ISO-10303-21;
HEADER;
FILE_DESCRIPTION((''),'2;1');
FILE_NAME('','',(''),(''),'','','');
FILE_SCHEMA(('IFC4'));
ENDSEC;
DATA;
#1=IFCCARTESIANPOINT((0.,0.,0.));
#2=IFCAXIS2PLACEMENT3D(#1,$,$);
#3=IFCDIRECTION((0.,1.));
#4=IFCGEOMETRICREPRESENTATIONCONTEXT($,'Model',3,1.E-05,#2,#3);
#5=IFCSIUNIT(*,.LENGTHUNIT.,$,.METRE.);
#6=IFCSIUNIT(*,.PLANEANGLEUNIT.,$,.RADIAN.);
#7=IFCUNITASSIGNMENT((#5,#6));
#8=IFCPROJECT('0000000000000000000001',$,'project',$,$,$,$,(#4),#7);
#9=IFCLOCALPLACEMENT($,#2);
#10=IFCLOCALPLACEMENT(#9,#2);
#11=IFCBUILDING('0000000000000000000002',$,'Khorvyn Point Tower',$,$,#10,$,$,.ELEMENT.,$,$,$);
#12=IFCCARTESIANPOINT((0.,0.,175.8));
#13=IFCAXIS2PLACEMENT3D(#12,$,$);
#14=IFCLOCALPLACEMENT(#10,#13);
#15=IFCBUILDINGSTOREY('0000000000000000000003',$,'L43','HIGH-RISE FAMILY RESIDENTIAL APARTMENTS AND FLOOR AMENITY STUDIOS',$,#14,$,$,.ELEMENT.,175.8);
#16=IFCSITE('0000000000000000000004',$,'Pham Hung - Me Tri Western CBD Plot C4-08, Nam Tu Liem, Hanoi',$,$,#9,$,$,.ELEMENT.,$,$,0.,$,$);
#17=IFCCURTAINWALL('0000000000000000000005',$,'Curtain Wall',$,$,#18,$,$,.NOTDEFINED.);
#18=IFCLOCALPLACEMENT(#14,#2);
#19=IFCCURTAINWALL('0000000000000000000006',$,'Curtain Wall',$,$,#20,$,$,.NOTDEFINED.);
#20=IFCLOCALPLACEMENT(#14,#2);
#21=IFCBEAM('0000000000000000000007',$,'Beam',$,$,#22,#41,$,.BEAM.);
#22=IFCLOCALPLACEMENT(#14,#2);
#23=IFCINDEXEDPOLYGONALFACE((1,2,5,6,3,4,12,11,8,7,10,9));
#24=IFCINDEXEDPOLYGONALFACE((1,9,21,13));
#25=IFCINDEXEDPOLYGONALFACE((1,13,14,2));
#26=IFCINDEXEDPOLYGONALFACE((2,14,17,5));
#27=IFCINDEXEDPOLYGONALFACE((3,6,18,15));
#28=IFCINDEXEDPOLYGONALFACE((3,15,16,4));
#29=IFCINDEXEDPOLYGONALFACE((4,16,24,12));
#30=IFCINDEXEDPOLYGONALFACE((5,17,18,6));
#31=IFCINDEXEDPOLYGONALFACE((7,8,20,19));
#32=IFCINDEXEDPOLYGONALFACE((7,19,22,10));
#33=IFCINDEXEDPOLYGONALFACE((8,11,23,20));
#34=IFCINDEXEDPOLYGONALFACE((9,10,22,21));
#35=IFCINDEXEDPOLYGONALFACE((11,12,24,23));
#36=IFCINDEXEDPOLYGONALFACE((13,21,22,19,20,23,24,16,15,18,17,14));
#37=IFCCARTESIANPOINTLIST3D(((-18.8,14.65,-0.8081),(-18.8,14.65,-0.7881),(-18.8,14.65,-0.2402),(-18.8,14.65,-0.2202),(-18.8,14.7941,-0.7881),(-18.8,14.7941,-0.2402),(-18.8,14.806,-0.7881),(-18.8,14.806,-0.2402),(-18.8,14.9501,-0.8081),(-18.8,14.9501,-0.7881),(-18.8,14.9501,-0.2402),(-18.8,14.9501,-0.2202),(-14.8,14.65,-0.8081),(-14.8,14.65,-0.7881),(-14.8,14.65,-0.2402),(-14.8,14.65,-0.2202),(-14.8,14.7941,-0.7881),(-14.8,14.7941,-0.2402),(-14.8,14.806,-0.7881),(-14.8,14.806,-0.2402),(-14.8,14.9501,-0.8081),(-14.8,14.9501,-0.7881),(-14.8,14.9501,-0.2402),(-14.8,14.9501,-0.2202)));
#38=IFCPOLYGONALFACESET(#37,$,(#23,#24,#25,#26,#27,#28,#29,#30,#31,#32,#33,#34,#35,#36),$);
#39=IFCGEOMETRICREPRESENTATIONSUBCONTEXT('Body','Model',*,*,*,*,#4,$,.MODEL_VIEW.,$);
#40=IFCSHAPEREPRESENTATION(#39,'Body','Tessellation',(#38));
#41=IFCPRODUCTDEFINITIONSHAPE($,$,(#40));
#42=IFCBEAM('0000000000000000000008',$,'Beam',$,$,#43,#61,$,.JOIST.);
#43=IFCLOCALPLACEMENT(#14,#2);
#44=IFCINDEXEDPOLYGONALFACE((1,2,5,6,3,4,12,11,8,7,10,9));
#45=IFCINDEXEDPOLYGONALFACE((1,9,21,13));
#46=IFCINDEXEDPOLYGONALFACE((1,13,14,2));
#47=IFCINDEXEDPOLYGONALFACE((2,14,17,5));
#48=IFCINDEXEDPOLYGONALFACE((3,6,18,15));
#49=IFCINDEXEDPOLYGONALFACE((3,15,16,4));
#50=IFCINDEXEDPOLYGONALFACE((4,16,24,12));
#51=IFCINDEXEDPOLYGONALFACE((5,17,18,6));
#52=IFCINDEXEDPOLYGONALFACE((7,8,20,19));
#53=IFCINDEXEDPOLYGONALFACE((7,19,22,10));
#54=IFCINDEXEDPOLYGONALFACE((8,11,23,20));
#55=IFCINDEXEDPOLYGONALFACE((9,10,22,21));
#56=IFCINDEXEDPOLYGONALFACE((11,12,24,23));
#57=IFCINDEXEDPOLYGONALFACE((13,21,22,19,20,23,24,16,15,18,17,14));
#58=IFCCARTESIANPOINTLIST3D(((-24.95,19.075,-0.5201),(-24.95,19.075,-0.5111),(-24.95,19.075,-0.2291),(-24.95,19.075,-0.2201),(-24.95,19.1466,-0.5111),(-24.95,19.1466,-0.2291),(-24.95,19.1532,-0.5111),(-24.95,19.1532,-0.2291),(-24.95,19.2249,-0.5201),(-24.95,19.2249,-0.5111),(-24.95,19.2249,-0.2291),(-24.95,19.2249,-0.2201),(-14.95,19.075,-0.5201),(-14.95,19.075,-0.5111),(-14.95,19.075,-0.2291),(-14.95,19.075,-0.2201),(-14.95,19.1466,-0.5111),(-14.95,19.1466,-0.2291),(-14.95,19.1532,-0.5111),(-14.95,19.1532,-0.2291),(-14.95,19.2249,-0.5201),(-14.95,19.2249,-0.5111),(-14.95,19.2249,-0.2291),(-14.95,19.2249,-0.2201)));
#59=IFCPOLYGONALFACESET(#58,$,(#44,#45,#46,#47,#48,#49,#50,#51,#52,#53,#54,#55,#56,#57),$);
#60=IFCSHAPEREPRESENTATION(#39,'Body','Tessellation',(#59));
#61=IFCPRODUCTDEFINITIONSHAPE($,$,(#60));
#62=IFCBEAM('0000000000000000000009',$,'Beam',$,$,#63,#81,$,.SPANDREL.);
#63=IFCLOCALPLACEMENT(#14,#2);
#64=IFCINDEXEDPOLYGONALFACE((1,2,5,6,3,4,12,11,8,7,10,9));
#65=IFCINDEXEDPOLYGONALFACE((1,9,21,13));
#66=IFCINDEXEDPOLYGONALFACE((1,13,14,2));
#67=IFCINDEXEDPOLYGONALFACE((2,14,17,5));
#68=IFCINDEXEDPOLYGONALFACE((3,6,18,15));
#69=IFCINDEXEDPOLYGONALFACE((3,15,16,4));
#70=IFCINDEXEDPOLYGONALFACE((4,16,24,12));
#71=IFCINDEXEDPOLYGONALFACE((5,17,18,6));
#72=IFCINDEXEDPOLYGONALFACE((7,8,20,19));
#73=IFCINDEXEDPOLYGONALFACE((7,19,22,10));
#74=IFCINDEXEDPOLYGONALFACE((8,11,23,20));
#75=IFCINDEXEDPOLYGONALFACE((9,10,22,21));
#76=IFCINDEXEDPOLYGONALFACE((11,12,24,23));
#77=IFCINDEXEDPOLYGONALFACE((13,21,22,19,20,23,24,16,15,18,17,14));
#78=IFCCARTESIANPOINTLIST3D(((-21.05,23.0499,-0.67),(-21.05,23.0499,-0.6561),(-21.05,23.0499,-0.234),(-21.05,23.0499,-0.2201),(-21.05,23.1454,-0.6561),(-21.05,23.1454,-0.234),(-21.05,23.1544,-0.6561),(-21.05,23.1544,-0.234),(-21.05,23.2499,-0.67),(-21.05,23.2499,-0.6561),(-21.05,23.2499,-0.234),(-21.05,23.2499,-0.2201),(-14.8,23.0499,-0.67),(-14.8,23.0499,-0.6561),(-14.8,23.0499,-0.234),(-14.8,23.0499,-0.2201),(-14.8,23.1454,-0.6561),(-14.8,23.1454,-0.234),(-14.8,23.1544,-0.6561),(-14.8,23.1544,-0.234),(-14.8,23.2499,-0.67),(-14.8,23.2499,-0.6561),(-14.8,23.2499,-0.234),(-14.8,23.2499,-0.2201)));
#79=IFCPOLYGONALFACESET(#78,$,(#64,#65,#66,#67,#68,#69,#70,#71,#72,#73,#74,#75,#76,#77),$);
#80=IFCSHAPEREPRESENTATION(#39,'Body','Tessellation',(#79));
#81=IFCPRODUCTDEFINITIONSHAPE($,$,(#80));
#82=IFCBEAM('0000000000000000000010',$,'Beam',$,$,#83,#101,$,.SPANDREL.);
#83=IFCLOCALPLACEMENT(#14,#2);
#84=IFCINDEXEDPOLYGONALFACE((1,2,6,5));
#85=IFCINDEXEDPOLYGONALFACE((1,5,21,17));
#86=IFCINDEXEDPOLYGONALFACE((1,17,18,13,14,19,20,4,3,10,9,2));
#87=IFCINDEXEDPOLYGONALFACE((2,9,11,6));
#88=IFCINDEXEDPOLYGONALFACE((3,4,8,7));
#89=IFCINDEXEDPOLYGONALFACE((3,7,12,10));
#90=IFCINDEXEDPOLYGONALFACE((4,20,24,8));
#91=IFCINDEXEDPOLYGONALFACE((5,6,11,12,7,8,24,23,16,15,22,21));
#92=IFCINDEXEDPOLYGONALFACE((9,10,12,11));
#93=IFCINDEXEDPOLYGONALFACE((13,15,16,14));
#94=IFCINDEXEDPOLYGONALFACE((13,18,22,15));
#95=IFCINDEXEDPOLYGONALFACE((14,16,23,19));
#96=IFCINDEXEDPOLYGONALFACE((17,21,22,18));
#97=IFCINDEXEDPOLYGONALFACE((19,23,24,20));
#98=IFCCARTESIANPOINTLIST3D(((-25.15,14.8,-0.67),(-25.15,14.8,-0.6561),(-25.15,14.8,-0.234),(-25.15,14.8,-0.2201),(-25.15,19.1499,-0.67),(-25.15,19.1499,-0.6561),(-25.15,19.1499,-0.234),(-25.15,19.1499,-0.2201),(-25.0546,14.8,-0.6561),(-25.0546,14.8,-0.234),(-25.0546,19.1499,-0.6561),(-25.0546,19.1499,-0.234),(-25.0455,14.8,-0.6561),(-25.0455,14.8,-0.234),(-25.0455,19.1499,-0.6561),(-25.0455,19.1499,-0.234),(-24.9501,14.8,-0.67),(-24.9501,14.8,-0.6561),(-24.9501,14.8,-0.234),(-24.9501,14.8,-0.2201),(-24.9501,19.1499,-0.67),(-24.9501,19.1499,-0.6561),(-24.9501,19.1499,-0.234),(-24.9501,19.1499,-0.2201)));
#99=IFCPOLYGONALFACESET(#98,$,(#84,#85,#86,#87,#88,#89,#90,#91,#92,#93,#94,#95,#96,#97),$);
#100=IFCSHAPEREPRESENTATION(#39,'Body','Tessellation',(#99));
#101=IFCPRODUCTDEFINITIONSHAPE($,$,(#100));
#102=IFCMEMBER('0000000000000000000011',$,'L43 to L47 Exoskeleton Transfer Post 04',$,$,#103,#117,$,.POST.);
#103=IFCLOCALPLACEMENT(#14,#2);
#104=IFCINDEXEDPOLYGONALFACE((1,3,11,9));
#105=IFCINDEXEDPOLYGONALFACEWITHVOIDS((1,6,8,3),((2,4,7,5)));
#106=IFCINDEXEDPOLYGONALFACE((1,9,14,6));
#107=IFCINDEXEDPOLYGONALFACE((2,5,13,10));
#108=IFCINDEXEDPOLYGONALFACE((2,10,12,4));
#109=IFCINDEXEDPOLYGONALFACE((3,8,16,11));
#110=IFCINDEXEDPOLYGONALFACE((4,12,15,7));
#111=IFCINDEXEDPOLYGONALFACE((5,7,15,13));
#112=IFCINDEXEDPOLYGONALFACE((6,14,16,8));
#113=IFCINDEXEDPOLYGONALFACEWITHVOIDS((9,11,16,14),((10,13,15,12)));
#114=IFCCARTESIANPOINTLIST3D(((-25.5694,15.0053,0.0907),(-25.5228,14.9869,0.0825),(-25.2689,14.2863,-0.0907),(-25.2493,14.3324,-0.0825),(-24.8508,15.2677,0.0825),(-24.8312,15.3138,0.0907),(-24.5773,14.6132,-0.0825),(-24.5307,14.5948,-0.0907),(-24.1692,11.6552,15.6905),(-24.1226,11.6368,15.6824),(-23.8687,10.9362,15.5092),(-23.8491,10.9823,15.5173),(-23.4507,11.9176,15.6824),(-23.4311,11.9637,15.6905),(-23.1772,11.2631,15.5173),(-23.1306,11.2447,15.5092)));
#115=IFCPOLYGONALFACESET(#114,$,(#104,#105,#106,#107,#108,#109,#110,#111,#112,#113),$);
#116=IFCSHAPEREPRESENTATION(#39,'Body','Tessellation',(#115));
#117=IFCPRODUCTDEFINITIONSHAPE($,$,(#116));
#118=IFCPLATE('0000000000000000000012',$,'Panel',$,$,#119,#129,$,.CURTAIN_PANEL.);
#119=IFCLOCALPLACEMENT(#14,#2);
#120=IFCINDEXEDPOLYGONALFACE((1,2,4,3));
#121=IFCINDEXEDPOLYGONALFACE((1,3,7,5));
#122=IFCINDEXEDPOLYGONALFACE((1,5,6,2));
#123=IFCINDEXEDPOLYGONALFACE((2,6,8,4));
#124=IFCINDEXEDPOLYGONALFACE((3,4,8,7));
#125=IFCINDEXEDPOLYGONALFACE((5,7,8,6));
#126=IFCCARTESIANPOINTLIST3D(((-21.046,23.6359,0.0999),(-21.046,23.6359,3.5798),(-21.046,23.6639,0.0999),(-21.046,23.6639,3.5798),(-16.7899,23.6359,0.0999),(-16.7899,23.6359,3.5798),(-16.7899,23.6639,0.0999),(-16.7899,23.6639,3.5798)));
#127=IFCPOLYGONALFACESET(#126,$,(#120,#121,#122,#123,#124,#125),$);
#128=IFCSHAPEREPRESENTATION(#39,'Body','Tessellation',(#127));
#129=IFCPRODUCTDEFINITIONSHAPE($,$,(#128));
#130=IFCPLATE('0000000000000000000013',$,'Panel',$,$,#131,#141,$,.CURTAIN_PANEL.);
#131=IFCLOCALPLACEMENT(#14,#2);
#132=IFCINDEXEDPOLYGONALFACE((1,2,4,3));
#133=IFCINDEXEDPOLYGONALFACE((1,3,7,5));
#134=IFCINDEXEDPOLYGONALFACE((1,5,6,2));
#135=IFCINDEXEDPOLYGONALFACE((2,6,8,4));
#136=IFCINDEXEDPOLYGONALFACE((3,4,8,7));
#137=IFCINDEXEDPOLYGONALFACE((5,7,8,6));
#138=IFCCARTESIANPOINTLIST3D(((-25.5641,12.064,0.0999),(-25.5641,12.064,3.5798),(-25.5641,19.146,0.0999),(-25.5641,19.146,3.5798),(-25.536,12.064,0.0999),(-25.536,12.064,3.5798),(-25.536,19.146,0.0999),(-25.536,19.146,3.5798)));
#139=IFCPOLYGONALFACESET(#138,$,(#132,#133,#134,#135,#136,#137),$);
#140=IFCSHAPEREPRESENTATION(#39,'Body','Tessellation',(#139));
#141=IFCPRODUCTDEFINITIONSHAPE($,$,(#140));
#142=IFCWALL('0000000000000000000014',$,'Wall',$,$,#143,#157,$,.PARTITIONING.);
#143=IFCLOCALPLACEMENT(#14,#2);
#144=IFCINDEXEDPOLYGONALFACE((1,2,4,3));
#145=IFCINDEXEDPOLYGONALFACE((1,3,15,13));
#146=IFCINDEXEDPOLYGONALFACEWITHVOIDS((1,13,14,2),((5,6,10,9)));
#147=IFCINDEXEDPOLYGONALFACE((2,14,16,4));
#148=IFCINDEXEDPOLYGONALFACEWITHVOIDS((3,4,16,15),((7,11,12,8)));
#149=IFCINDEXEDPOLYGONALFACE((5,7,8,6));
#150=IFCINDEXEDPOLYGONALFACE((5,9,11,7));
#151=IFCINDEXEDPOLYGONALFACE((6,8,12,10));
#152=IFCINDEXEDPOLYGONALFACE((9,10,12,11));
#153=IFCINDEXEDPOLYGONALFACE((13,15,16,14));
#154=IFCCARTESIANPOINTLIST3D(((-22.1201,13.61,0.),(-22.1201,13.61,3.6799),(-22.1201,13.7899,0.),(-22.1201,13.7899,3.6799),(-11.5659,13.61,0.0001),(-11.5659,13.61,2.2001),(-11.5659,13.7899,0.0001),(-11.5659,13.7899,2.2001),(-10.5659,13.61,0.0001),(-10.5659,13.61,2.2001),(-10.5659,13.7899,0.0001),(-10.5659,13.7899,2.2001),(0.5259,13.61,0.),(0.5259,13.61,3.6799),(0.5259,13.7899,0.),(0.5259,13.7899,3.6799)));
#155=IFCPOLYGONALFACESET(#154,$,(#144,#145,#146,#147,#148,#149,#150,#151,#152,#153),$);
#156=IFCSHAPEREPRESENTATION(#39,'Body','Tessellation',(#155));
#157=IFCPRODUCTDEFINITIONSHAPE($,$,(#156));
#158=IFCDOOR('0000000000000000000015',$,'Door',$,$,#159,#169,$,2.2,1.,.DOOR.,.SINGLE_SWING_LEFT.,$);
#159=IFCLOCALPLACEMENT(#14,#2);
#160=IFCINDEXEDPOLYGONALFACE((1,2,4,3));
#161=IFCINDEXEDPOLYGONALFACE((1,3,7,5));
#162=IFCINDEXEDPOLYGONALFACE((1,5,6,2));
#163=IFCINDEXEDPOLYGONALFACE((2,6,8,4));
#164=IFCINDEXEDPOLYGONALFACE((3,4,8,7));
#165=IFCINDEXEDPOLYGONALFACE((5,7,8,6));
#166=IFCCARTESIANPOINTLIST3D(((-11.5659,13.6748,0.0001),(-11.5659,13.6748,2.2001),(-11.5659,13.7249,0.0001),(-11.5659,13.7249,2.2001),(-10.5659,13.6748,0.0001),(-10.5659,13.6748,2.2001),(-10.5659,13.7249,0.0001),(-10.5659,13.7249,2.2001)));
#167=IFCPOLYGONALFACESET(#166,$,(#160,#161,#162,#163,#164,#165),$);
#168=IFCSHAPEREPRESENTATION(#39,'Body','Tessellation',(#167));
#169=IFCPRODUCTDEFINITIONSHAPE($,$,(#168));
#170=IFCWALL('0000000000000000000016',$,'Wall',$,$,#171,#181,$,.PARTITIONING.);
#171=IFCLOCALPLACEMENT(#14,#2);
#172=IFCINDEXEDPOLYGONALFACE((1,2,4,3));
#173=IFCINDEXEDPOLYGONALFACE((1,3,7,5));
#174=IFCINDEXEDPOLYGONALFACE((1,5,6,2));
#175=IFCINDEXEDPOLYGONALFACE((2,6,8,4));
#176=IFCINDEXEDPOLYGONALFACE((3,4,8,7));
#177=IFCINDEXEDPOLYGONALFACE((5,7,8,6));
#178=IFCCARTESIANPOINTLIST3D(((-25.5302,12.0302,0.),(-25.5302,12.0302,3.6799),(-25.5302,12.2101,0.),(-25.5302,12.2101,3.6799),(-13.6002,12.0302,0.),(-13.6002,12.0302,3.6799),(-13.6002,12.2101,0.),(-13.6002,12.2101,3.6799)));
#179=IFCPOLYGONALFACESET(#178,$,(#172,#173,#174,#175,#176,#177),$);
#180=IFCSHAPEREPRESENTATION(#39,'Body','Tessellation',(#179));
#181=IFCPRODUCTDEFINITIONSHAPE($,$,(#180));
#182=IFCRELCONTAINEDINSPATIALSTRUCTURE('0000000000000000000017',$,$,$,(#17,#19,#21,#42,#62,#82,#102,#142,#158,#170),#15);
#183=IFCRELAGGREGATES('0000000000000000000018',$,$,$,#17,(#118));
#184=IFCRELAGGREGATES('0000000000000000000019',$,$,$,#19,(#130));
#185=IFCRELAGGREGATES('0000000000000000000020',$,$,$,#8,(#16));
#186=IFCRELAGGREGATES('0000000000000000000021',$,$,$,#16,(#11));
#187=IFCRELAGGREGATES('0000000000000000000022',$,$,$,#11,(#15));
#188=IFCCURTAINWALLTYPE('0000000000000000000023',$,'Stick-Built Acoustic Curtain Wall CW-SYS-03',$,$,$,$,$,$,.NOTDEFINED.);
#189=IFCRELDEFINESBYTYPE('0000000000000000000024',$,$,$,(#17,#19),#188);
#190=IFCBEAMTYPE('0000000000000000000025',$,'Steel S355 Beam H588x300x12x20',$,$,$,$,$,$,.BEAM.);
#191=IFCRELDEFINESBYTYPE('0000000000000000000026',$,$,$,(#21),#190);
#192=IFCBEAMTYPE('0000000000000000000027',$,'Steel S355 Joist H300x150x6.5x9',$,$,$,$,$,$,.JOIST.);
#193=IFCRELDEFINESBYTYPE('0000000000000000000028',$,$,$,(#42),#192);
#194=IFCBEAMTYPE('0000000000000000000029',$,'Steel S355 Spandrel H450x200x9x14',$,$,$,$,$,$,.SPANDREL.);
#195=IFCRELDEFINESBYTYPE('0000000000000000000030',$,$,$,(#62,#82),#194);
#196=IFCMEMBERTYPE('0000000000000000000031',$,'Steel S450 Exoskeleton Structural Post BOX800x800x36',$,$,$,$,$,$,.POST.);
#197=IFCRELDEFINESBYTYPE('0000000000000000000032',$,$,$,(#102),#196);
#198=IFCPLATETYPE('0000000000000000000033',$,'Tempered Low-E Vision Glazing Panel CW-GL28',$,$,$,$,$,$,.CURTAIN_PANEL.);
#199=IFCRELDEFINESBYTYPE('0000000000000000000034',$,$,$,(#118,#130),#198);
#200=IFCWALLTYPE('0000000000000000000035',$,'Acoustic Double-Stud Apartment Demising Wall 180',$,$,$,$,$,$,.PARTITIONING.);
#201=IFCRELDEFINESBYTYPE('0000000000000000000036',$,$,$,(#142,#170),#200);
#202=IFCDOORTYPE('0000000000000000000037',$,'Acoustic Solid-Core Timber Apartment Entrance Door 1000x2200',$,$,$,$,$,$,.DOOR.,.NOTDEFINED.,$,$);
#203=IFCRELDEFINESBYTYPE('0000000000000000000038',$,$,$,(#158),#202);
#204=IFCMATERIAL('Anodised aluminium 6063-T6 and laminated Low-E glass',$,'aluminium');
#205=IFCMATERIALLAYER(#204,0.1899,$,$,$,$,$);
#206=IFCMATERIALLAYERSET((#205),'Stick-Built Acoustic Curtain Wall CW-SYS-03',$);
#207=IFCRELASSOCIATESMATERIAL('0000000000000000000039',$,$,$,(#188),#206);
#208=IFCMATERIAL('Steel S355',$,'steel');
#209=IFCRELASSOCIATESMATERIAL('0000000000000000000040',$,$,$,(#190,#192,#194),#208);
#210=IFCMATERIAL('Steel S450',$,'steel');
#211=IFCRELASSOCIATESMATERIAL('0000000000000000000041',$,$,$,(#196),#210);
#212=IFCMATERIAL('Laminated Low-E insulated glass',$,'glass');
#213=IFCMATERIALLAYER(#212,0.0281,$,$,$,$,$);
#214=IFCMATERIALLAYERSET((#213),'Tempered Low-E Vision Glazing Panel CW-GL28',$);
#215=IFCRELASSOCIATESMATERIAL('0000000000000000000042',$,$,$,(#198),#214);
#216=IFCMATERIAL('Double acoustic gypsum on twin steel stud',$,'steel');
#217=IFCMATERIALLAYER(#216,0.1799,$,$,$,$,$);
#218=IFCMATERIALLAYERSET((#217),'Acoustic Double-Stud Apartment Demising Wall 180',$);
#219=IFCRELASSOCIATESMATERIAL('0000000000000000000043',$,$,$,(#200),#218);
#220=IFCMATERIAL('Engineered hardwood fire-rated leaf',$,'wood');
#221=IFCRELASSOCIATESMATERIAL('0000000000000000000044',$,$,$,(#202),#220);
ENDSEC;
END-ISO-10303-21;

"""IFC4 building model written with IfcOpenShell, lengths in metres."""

from ifc_helpers import new_model, si_unit, direction, frame, frame_2d, origin, origin_2d, place, context, subcontext, project, spatial, rectangle, hollow_rectangle, i_section, extrude, material, layer, layer_set, material_profile, profile_set, type_object, element, fill, aggregate, save


model = new_model("IFC4")

# Units and contexts
model_context = context("Model", 3, precision=1e-05, world=origin(), true_north=direction((0.0, 1.0)))
body_context = subcontext(model_context, "Body", "Model", "MODEL_VIEW")
ifc_project = project(units=[si_unit("LENGTHUNIT", "METRE"), si_unit("PLANEANGLEUNIT", "RADIAN")], contexts=[model_context])

# Site, building, storey
site_placement = place(None, origin())
site = spatial("IfcSite", under=ifc_project, at=site_placement, Name="Pham Hung - Me Tri Western CBD Plot C4-08, Nam Tu Liem, Hanoi", CompositionType="ELEMENT", RefElevation=0.0)
building_placement = place(site_placement, origin())
building = spatial("IfcBuilding", under=site, at=building_placement, Name="Khorvyn Point Tower", CompositionType="ELEMENT")
storey_placement = place(building_placement, frame((0.0, 0.0, 175.8)))
storey = spatial("IfcBuildingStorey", under=building, at=storey_placement, Name="L43", Description="HIGH-RISE FAMILY RESIDENTIAL APARTMENTS AND FLOOR AMENITY STUDIOS", CompositionType="ELEMENT", Elevation=175.8)

# Shared definitions
ifc_material_1 = material(Name="Steel S450", Category="steel")

# Curtain walls
ifc_material_2 = material(Name="Anodised aluminium 6063-T6 and laminated Low-E glass", Category="aluminium")
ifc_layer_1 = layer(ifc_material_2, 0.1899)
ifc_layer_set_1 = layer_set([ifc_layer_1], Name="Stick-Built Acoustic Curtain Wall CW-SYS-03")
curtain_wall_type = type_object("IfcCurtainWallType", Name="Stick-Built Acoustic Curtain Wall CW-SYS-03", PredefinedType="NOTDEFINED", material=ifc_layer_set_1)
curtain_wall_1_placement = place(storey_placement, origin())
curtain_wall_1 = element("IfcCurtainWall", 1, at=curtain_wall_1_placement, inside=storey, type_object=curtain_wall_type, Name="Curtain Wall", PredefinedType="NOTDEFINED")
curtain_wall_2_placement = place(storey_placement, origin())
curtain_wall_2 = element("IfcCurtainWall", 2, at=curtain_wall_2_placement, inside=storey, type_object=curtain_wall_type, Name="Curtain Wall", PredefinedType="NOTDEFINED")

# Beams
ifc_material_3 = material(Name="Steel S355", Category="steel")
ifc_material_profile_1 = material_profile(ifc_material_3, i_section(OverallWidth=0.3, OverallDepth=0.5879, WebThickness=0.012, FlangeThickness=0.02, at=origin_2d()))
ifc_profile_set_1 = profile_set([ifc_material_profile_1], Name="Steel S355 H588x300x12x20")
beam_type_1 = type_object("IfcBeamType", Name="Steel S355 Beam H588x300x12x20", PredefinedType="BEAM", material=ifc_profile_set_1)
beam_1_placement = place(storey_placement, frame((-18.8, 14.8, -0.5142), z_axis=(1.0, 0.0, 0.0), x_axis=(0.0, 1.0, 0.0)))
element("IfcBeam", 3, at=beam_1_placement, inside=storey, type_object=beam_type_1, Name="Beam", PredefinedType="BEAM", context=body_context, shape_type="SweptSolid", body=[
    extrude(i_section(OverallWidth=0.3, OverallDepth=0.5879, WebThickness=0.012, FlangeThickness=0.02, at=origin_2d()), origin(), (0.0, 0.0, 1.0), 4.0),
])
ifc_material_profile_2 = material_profile(ifc_material_3, i_section(OverallWidth=0.1499, OverallDepth=0.3, WebThickness=0.0066, FlangeThickness=0.009, at=origin_2d()))
ifc_profile_set_2 = profile_set([ifc_material_profile_2], Name="Steel S355 H300x150x6.5x9")
beam_type_2 = type_object("IfcBeamType", Name="Steel S355 Joist H300x150x6.5x9", PredefinedType="JOIST", material=ifc_profile_set_2)
beam_2_placement = place(storey_placement, frame((-24.95, 19.1499, -0.3701), z_axis=(1.0, 0.0, 0.0), x_axis=(0.0, 1.0, 0.0)))
element("IfcBeam", 4, at=beam_2_placement, inside=storey, type_object=beam_type_2, Name="Beam", PredefinedType="JOIST", context=body_context, shape_type="SweptSolid", body=[
    extrude(i_section(OverallWidth=0.1499, OverallDepth=0.3, WebThickness=0.0066, FlangeThickness=0.009, at=origin_2d()), origin(), (0.0, 0.0, 1.0), 10.0),
])
ifc_material_profile_3 = material_profile(ifc_material_3, i_section(OverallWidth=0.2, OverallDepth=0.45, WebThickness=0.009, FlangeThickness=0.0139, at=origin_2d()))
ifc_profile_set_3 = profile_set([ifc_material_profile_3], Name="Steel S355 H450x200x9x14")
beam_type_3 = type_object("IfcBeamType", Name="Steel S355 Spandrel H450x200x9x14", PredefinedType="SPANDREL", material=ifc_profile_set_3)
beam_3_placement = place(storey_placement, frame((-21.05, 23.1499, -0.4451), z_axis=(1.0, 0.0, 0.0), x_axis=(0.0, 1.0, 0.0)))
element("IfcBeam", 5, at=beam_3_placement, inside=storey, type_object=beam_type_3, Name="Beam", PredefinedType="SPANDREL", context=body_context, shape_type="SweptSolid", body=[
    extrude(i_section(OverallWidth=0.2, OverallDepth=0.45, WebThickness=0.009, FlangeThickness=0.0139, at=origin_2d()), origin(), (0.0, 0.0, 1.0), 6.25),
])
beam_4_placement = place(storey_placement, frame((-25.05, 14.8, -0.4451), z_axis=(0.0, 1.0, 0.0), x_axis=(-1.0, 0.0, 0.0)))
element("IfcBeam", 6, at=beam_4_placement, inside=storey, type_object=beam_type_3, Name="Beam", PredefinedType="SPANDREL", context=body_context, shape_type="SweptSolid", body=[
    extrude(i_section(OverallWidth=0.2, OverallDepth=0.45, WebThickness=0.009, FlangeThickness=0.0139, at=origin_2d()), origin(), (0.0, 0.0, 1.0), 4.3499),
])

# Member
ifc_material_profile_4 = material_profile(ifc_material_1, hollow_rectangle(XDim=0.8, YDim=0.8, WallThickness=0.0359, at=origin_2d()))
ifc_profile_set_4 = profile_set([ifc_material_profile_4], Name="Steel S450 BOX800x800x36")
member_type_1 = type_object("IfcMemberType", Name="Steel S450 Exoskeleton Structural Post BOX800x800x36", PredefinedType="POST", material=ifc_profile_set_4)
member_1_placement = place(storey_placement, frame((-25.05, 14.8, 0.0), z_axis=(0.087417, -0.209161, 0.973966), x_axis=(0.922659, 0.385618, 0.0)))
element("IfcMember", 7, at=member_1_placement, inside=storey, type_object=member_type_1, Name="L43 to L47 Exoskeleton Transfer Post 04", PredefinedType="POST", context=body_context, shape_type="SweptSolid", body=[
    extrude(hollow_rectangle(XDim=0.8, YDim=0.8, WallThickness=0.0359, at=origin_2d()), origin(), (0.0, 0.0, 1.0), 16.0168),
])

# Plates
ifc_material_4 = material(Name="Laminated Low-E insulated glass", Category="glass")
ifc_layer_2 = layer(ifc_material_4, 0.0281)
ifc_layer_set_2 = layer_set([ifc_layer_2], Name="Tempered Low-E Vision Glazing Panel CW-GL28")
plate_type = type_object("IfcPlateType", Name="Tempered Low-E Vision Glazing Panel CW-GL28", PredefinedType="CURTAIN_PANEL", material=ifc_layer_set_2)
plate_1_placement = place(storey_placement, frame((-18.918, 23.6499, 0.0999), z_axis=(0.0, 0.0, 1.0), x_axis=(1.0, 0.0, 0.0)))
plate_1 = element("IfcPlate", 8, at=plate_1_placement, type_object=plate_type, Name="Panel", PredefinedType="CURTAIN_PANEL", context=body_context, shape_type="SweptSolid", body=[
    extrude(rectangle(XDim=4.2561, YDim=0.0281, at=origin_2d()), origin(), (0.0, 0.0, 1.0), 3.48),
])
aggregate(curtain_wall_1, [plate_1])
plate_2_placement = place(storey_placement, frame((-25.55, 15.605, 0.0999), z_axis=(0.0, 0.0, 1.0), x_axis=(0.0, 1.0, 0.0)))
plate_2 = element("IfcPlate", 9, at=plate_2_placement, type_object=plate_type, Name="Panel", PredefinedType="CURTAIN_PANEL", context=body_context, shape_type="SweptSolid", body=[
    extrude(rectangle(XDim=7.082, YDim=0.0281, at=origin_2d()), origin(), (0.0, 0.0, 1.0), 3.48),
])
aggregate(curtain_wall_2, [plate_2])

# Wall, opening, door
ifc_material_5 = material(Name="Double acoustic gypsum on twin steel stud", Category="steel")
ifc_layer_3 = layer(ifc_material_5, 0.1799)
ifc_layer_set_3 = layer_set([ifc_layer_3], Name="Acoustic Double-Stud Apartment Demising Wall 180")
wall_type_1 = type_object("IfcWallType", Name="Acoustic Double-Stud Apartment Demising Wall 180", PredefinedType="PARTITIONING", material=ifc_layer_set_3)
wall_1_placement = place(storey_placement, frame((-22.1201, 13.7, 0.0), z_axis=(0.0, 0.0, 1.0), x_axis=(1.0, 0.0, 0.0)))
wall_1 = element("IfcWall", 10, at=wall_1_placement, inside=storey, type_object=wall_type_1, Name="Wall", PredefinedType="PARTITIONING", context=body_context, shape_type="SweptSolid", body=[
    extrude(rectangle(XDim=22.646, YDim=0.1799, at=frame_2d((11.323, 0.0))), origin(), (0.0, 0.0, 1.0), 3.6799),
])
opening_1_placement = place(wall_1_placement, frame((10.5542, 0.0, 0.0)))
opening_1 = element("IfcOpeningElement", 11, at=opening_1_placement, cuts=wall_1, PredefinedType="OPENING", context=body_context, shape_type="SweptSolid", body=[
    extrude(rectangle(XDim=1.0, YDim=2.2, at=frame_2d((0.5, 1.1001))), frame((0.0, 0.0999, 0.0), z_axis=(0.0, -1.0, 0.0), x_axis=(1.0, 0.0, 0.0)), (0.0, 0.0, 1.0), 0.2),
])
ifc_material_6 = material(Name="Engineered hardwood fire-rated leaf", Category="wood")
door_type_1 = type_object("IfcDoorType", Name="Acoustic Solid-Core Timber Apartment Entrance Door 1000x2200", OperationType="NOTDEFINED", PredefinedType="DOOR", material=ifc_material_6)
door_1_placement = place(opening_1_placement, origin())
door_1 = element("IfcDoor", 12, at=door_1_placement, inside=storey, type_object=door_type_1, Name="Door", OperationType="SINGLE_SWING_LEFT", OverallHeight=2.2, OverallWidth=1.0, PredefinedType="DOOR", context=body_context, shape_type="SweptSolid", body=[
    extrude(rectangle(XDim=1.0, YDim=2.2, at=frame_2d((0.5, 1.1001))), frame((0.0, 0.0249, 0.0), z_axis=(0.0, -1.0, 0.0), x_axis=(1.0, 0.0, 0.0)), (0.0, 0.0, 1.0), 0.05),
])
fill(opening_1, door_1)

# Wall
wall_2_placement = place(storey_placement, frame((-25.53, 12.1201, 0.0), z_axis=(0.0, 0.0, 1.0), x_axis=(1.0, 0.0, 0.0)))
element("IfcWall", 13, at=wall_2_placement, inside=storey, type_object=wall_type_1, Name="Wall", PredefinedType="PARTITIONING", context=body_context, shape_type="SweptSolid", body=[
    extrude(rectangle(XDim=11.9299, YDim=0.1799, at=frame_2d((5.9648, 0.0))), origin(), (0.0, 0.0, 1.0), 3.6799),
])

save(model, "model.ifc")
